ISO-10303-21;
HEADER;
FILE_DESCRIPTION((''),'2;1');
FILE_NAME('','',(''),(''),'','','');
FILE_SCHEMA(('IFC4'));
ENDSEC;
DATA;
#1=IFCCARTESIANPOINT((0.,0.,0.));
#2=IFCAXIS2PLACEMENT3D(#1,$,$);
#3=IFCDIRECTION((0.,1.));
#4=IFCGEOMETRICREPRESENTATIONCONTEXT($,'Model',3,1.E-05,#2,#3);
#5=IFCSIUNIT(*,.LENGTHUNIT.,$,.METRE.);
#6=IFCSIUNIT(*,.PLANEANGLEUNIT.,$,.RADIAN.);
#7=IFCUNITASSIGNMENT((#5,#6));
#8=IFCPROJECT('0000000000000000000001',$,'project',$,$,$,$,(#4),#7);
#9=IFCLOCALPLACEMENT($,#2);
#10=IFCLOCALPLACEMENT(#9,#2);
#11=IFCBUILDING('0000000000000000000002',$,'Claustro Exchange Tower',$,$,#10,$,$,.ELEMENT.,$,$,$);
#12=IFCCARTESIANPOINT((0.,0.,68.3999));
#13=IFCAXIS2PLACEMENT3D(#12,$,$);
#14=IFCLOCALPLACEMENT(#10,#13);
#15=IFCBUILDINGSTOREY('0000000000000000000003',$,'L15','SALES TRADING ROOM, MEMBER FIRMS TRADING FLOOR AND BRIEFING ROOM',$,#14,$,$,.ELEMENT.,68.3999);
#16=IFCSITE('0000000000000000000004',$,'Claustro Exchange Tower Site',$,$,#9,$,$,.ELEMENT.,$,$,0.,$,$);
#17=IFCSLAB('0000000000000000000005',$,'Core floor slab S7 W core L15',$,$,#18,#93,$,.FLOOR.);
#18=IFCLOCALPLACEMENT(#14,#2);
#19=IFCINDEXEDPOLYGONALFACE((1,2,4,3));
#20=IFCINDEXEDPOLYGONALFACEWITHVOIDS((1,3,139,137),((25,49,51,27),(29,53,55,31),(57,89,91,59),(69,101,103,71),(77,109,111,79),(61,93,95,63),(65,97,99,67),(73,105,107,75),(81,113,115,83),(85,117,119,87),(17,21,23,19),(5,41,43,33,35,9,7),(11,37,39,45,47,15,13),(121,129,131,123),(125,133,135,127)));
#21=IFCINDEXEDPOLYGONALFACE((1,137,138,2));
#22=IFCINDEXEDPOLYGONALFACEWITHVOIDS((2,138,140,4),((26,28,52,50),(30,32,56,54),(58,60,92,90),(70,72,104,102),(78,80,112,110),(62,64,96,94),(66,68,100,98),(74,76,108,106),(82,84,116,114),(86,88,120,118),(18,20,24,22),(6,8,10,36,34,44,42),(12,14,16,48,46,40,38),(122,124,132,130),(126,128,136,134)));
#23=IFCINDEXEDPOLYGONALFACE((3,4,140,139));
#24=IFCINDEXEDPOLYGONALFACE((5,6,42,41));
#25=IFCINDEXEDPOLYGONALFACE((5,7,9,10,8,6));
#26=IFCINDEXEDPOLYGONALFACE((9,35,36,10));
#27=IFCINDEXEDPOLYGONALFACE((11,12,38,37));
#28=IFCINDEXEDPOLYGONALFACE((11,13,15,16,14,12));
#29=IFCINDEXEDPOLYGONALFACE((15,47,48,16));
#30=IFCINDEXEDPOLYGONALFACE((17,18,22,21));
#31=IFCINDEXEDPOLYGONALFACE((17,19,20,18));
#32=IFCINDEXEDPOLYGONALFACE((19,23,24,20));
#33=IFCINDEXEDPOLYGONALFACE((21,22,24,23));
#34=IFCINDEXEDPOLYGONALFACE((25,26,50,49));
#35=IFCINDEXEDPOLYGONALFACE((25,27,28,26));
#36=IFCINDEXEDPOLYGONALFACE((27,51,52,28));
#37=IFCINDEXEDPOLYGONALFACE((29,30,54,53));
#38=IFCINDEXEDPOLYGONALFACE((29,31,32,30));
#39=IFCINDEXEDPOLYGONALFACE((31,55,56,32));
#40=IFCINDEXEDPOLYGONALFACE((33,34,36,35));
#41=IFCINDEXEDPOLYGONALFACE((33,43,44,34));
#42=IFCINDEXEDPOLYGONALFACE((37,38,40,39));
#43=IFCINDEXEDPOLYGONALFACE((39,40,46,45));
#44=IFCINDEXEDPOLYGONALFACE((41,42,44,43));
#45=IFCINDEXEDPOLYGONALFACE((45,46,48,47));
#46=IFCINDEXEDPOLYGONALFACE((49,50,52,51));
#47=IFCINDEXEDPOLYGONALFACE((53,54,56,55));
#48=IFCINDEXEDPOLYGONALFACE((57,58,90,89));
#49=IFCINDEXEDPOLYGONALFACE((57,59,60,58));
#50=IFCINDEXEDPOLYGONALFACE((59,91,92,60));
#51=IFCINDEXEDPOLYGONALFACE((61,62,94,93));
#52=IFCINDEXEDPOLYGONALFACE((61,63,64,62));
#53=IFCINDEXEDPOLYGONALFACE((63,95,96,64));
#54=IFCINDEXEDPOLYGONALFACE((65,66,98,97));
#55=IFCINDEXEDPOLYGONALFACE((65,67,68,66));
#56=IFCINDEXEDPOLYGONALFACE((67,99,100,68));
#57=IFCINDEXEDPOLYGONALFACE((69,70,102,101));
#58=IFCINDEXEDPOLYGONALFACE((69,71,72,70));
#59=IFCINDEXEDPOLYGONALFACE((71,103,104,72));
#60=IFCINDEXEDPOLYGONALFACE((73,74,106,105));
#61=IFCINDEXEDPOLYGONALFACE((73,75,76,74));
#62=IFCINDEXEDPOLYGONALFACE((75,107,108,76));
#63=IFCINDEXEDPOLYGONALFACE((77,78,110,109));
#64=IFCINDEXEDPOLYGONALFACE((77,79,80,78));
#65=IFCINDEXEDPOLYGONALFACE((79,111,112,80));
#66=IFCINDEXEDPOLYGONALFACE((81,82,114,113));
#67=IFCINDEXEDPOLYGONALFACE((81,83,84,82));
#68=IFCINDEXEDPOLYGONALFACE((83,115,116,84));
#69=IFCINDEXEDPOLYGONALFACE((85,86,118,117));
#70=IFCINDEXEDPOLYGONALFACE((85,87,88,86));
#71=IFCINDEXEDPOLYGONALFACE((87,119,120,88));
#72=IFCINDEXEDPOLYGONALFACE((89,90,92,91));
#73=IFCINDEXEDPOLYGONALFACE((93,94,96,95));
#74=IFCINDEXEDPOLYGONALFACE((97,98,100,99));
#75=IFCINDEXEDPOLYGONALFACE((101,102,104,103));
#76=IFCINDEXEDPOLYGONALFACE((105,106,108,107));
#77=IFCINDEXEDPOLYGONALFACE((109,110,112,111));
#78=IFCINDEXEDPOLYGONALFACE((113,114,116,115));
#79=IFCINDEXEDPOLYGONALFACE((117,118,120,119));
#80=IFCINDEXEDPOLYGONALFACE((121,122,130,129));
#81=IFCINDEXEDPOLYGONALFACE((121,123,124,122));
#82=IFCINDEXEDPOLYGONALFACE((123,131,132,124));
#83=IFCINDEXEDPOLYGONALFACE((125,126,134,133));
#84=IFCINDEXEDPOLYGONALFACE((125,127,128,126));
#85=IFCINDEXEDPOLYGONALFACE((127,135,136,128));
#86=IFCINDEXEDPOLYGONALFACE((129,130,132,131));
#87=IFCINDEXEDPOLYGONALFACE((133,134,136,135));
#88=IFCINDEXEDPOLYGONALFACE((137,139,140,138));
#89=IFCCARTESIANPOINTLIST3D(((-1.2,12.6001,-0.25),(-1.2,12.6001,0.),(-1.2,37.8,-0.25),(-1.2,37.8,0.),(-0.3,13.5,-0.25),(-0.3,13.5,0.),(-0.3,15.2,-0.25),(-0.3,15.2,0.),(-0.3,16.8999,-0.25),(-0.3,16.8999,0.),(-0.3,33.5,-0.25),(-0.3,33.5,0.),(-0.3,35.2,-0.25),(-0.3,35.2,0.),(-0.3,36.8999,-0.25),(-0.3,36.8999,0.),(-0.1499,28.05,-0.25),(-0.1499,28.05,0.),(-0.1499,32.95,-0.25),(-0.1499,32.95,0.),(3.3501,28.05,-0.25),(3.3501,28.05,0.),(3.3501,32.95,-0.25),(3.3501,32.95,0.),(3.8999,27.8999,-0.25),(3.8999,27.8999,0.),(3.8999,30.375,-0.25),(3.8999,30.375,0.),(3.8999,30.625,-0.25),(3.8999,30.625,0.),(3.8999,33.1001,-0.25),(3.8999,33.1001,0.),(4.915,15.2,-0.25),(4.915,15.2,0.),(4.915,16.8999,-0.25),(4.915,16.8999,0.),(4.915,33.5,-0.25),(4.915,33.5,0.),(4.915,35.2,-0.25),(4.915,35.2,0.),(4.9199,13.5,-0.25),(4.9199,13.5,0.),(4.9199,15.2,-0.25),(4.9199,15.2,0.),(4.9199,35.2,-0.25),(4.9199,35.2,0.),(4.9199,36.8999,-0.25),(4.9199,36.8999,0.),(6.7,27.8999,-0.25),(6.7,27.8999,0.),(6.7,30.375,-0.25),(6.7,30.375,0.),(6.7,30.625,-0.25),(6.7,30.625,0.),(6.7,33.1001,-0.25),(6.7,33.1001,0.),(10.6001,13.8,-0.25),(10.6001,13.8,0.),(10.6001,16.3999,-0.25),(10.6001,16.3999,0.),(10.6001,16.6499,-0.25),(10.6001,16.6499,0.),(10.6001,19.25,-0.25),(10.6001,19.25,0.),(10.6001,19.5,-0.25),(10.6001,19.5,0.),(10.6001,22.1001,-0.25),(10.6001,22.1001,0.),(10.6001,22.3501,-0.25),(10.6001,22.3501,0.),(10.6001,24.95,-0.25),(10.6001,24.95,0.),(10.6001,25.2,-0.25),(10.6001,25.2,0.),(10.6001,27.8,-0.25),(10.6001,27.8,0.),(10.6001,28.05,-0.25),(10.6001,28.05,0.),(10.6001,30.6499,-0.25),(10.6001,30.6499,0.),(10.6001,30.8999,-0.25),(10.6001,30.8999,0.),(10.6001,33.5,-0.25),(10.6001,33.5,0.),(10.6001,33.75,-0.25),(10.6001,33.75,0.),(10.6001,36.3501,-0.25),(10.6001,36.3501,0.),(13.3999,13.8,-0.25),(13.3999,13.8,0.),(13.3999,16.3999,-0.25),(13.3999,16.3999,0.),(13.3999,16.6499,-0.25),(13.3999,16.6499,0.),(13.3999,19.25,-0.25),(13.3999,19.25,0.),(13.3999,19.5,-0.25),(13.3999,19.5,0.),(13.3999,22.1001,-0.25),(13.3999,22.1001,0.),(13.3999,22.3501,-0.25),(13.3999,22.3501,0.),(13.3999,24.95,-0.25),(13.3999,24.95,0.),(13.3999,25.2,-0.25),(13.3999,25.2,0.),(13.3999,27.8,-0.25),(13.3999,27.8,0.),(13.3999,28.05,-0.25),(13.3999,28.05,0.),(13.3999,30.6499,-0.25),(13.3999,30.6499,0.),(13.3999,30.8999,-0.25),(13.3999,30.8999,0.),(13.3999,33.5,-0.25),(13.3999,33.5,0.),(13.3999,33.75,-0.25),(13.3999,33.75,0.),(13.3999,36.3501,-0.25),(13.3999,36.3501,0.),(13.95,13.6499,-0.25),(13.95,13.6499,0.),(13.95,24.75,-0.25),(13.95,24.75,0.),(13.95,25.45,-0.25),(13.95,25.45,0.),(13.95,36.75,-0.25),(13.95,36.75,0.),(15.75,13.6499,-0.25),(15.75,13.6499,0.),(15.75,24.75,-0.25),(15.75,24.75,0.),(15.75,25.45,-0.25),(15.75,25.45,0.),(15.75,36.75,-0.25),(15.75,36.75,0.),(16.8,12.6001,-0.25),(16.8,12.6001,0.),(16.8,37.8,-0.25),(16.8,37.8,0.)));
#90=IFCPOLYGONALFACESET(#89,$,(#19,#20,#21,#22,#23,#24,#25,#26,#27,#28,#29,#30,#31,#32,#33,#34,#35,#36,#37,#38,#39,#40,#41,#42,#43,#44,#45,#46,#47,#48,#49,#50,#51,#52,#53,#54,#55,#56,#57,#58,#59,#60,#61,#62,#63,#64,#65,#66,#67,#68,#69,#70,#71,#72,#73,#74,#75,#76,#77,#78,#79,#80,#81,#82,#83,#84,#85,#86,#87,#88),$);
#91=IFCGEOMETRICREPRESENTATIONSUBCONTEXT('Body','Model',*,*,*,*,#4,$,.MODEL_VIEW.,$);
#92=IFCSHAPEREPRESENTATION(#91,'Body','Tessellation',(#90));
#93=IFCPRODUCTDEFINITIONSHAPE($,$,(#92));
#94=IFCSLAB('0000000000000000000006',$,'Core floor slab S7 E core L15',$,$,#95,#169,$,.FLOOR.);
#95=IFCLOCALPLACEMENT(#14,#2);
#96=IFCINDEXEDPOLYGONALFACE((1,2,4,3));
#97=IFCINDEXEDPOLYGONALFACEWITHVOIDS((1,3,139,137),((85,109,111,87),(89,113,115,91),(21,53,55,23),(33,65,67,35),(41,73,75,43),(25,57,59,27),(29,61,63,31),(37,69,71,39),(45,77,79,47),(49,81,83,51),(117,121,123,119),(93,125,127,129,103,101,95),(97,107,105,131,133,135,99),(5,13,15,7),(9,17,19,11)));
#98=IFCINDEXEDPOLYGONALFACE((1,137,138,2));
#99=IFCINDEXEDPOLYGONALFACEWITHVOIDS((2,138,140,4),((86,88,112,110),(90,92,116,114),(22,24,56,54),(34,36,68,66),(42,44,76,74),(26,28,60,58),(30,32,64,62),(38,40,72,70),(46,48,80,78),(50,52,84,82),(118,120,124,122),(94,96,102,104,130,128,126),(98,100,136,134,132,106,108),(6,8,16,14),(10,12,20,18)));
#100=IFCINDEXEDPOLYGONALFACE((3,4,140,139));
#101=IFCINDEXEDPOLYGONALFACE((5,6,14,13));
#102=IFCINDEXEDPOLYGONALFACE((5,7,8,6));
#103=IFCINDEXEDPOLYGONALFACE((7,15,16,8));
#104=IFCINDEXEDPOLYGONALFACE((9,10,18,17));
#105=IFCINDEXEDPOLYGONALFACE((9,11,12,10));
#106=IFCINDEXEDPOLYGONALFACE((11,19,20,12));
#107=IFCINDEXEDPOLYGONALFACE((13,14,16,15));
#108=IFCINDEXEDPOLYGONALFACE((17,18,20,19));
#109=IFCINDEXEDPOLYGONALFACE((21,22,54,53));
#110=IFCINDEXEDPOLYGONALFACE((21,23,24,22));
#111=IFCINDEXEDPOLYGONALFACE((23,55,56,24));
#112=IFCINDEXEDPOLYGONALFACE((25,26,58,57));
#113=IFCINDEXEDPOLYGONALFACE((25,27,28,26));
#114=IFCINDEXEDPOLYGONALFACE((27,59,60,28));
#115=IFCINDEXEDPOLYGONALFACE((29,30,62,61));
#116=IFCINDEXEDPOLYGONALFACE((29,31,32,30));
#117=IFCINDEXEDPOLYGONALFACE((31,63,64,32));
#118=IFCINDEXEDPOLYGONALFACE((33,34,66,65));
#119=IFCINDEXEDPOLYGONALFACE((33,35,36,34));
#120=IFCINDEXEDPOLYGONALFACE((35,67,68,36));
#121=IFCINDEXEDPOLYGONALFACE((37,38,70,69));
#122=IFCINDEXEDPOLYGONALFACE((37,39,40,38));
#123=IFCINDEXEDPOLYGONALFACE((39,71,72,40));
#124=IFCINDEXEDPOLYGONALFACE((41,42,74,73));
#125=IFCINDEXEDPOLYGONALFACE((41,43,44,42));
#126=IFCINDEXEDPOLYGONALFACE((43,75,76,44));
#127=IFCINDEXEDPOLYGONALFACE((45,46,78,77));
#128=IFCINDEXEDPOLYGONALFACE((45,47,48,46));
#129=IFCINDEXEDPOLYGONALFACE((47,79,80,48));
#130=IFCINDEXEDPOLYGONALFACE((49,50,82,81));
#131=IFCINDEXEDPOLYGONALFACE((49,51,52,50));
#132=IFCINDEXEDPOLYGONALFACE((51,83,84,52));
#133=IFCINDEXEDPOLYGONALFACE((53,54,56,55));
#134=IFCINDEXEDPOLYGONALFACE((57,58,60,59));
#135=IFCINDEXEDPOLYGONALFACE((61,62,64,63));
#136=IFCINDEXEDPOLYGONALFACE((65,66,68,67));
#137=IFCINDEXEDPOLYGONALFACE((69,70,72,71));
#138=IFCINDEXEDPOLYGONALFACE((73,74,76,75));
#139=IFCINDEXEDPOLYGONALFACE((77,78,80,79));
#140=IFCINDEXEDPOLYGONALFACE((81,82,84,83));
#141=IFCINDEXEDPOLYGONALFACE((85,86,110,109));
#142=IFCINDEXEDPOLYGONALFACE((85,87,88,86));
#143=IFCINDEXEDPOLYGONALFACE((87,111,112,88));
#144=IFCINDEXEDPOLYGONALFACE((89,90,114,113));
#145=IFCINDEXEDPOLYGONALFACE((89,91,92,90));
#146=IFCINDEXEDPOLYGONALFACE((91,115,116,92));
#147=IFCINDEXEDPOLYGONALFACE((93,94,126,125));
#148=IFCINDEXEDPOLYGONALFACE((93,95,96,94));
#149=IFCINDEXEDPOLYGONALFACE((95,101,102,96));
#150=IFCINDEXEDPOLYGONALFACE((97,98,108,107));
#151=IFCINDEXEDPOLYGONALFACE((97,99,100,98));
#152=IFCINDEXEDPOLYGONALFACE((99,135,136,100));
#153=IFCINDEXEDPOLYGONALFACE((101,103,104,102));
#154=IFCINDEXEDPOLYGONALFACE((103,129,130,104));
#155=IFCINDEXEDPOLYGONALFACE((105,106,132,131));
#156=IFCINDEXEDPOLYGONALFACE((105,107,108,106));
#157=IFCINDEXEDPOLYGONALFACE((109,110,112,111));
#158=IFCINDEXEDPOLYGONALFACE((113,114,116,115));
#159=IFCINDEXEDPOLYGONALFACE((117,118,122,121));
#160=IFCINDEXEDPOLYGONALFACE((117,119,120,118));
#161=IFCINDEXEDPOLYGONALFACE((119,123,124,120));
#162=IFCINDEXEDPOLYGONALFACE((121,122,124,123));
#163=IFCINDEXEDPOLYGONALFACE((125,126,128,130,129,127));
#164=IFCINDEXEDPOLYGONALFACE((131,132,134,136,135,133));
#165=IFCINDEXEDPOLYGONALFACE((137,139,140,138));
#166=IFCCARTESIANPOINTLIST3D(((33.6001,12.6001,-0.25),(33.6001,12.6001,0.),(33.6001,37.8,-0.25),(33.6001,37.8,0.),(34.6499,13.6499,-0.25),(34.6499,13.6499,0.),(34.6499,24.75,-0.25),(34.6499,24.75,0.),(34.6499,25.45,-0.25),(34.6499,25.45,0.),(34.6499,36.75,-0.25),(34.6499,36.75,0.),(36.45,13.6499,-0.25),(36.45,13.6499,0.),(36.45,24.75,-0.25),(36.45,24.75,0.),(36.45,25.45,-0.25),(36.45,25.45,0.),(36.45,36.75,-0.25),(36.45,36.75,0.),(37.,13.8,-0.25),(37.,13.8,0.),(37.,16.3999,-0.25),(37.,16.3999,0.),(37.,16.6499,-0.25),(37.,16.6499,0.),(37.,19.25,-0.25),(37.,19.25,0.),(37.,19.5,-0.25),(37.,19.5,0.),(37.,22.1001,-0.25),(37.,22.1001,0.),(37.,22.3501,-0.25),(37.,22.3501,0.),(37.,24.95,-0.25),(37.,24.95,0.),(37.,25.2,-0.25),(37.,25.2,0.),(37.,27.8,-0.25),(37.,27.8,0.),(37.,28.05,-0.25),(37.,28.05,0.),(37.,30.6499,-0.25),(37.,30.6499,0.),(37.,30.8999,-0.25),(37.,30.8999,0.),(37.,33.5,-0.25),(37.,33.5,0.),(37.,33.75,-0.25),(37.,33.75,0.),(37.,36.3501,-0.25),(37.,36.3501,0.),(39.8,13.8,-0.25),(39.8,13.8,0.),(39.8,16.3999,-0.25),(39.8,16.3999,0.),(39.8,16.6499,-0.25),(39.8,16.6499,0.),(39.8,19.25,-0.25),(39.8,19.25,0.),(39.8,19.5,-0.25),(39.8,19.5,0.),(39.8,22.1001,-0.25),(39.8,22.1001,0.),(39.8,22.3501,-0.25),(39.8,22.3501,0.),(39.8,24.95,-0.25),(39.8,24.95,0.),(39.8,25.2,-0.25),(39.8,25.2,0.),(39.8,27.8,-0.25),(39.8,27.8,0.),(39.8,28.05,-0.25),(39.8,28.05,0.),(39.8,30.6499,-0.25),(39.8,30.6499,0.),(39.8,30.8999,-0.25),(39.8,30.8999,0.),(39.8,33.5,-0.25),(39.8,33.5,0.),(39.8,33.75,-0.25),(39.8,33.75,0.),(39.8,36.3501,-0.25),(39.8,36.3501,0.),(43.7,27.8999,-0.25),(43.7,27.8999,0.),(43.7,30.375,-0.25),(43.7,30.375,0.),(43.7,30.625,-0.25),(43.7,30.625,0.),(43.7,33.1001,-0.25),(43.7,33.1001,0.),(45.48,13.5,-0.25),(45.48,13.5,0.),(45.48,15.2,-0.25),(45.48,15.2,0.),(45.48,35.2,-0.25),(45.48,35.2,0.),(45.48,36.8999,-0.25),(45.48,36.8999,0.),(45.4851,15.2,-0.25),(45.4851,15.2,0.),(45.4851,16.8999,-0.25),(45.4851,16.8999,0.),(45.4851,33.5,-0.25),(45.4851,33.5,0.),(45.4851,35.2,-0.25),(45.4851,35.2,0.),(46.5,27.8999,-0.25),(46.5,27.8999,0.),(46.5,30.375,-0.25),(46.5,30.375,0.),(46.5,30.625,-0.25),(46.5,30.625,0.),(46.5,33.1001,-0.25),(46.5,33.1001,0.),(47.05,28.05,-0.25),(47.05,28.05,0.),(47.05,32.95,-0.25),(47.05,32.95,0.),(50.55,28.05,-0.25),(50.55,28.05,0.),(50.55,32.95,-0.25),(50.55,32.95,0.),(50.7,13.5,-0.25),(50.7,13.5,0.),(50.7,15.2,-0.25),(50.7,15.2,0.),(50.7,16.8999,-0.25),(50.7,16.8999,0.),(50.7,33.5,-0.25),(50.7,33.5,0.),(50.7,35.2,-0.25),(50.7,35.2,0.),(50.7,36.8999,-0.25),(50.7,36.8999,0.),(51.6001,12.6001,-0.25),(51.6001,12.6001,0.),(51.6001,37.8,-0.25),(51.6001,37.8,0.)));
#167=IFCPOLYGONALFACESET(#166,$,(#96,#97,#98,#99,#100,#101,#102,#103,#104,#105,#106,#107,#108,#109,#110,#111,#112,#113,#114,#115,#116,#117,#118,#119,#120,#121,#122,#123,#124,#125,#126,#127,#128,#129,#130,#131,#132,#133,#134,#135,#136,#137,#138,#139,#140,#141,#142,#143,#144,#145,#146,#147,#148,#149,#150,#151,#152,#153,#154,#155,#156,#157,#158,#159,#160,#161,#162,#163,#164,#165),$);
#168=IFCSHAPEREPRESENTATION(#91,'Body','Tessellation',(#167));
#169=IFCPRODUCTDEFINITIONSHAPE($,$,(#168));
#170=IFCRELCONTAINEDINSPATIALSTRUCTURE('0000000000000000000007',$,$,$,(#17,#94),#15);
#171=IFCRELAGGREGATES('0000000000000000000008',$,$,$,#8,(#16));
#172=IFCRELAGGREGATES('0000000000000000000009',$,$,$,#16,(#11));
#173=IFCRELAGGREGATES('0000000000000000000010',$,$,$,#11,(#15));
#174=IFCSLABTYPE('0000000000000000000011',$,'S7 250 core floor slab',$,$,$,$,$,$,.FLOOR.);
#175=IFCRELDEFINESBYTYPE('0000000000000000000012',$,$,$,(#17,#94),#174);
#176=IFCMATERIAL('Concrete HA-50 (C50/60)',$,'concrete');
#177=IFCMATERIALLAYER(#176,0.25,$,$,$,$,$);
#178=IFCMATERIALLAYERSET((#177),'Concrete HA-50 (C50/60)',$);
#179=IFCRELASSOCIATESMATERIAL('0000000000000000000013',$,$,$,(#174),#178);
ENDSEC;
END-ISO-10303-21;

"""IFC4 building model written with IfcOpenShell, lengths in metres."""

from ifc_helpers import new_model, si_unit, direction, frame, origin, place, context, subcontext, project, spatial, polyline, outline, extrude, material, layer, layer_set, type_object, element, save


model = new_model("IFC4")

# Units and contexts
model_context = context("Model", 3, precision=1e-05, world=origin(), true_north=direction((0.0, 1.0)))
body_context = subcontext(model_context, "Body", "Model", "MODEL_VIEW")
ifc_project = project(units=[si_unit("LENGTHUNIT", "METRE"), si_unit("PLANEANGLEUNIT", "RADIAN")], contexts=[model_context])

# Site, building, storey
site_placement = place(None, origin())
site = spatial("IfcSite", under=ifc_project, at=site_placement, Name="Claustro Exchange Tower Site", CompositionType="ELEMENT", RefElevation=0.0)
building_placement = place(site_placement, origin())
building = spatial("IfcBuilding", under=site, at=building_placement, Name="Claustro Exchange Tower", CompositionType="ELEMENT")
storey_placement = place(building_placement, frame((0.0, 0.0, 68.3999)))
storey = spatial("IfcBuildingStorey", under=building, at=storey_placement, Name="L15", Description="SALES TRADING ROOM, MEMBER FIRMS TRADING FLOOR AND BRIEFING ROOM", CompositionType="ELEMENT", Elevation=68.3999)

# Slabs
ifc_material_1 = material(Name="Concrete HA-50 (C50/60)", Category="concrete")
ifc_layer_1 = layer(ifc_material_1, 0.25)
ifc_layer_set_1 = layer_set([ifc_layer_1], Name="Concrete HA-50 (C50/60)")
slab_type_1 = type_object("IfcSlabType", Name="S7 250 core floor slab", PredefinedType="FLOOR", material=ifc_layer_set_1)
slab_1_placement = place(storey_placement, frame((0.0, 0.0, -0.25)))
element("IfcSlab", 1, at=slab_1_placement, inside=storey, type_object=slab_type_1, Name="Core floor slab S7 W core L15", PredefinedType="FLOOR", context=body_context, shape_type="SweptSolid", body=[
    extrude(outline(polyline([(-1.2, 12.6001), (16.8, 12.6001), (16.8, 37.8), (-1.2, 37.8), (-1.2, 12.6001)]), holes=[polyline([(15.75, 24.75), (15.75, 13.6499), (13.95, 13.6499), (13.95, 24.75), (15.75, 24.75)]), polyline([(15.75, 36.75), (15.75, 25.45), (13.95, 25.45), (13.95, 36.75), (15.75, 36.75)]), polyline([(10.6001, 16.3999), (13.3999, 16.3999), (13.3999, 13.8), (10.6001, 13.8), (10.6001, 16.3999)]), polyline([(13.3999, 19.25), (13.3999, 16.6499), (10.6001, 16.6499), (10.6001, 19.25), (13.3999, 19.25)]), polyline([(13.3999, 22.1001), (13.3999, 19.5), (10.6001, 19.5), (10.6001, 22.1001), (13.3999, 22.1001)]), polyline([(13.3999, 24.95), (13.3999, 22.3501), (10.6001, 22.3501), (10.6001, 24.95), (13.3999, 24.95)]), polyline([(13.3999, 27.8), (13.3999, 25.2), (10.6001, 25.2), (10.6001, 27.8), (13.3999, 27.8)]), polyline([(13.3999, 30.6499), (13.3999, 28.05), (10.6001, 28.05), (10.6001, 30.6499), (13.3999, 30.6499)]), polyline([(13.3999, 33.5), (13.3999, 30.8999), (10.6001, 30.8999), (10.6001, 33.5), (13.3999, 33.5)]), polyline([(13.3999, 36.3501), (13.3999, 33.75), (10.6001, 33.75), (10.6001, 36.3501), (13.3999, 36.3501)]), polyline([(6.7, 30.375), (6.7, 27.8999), (3.8999, 27.8999), (3.8999, 30.375), (6.7, 30.375)]), polyline([(6.7, 33.1001), (6.7, 30.625), (3.8999, 30.625), (3.8999, 33.1001), (6.7, 33.1001)]), polyline([(-0.3, 15.2), (-0.3, 16.8999), (4.915, 16.8999), (4.915, 15.2), (4.9199, 15.2), (4.9199, 13.5), (-0.3, 13.5), (-0.3, 15.2)]), polyline([(-0.3, 36.8999), (4.9199, 36.8999), (4.9199, 35.2), (4.915, 35.2), (4.915, 33.5), (-0.3, 33.5), (-0.3, 35.2), (-0.3, 36.8999)]), polyline([(3.3501, 32.95), (3.3501, 28.05), (-0.1499, 28.05), (-0.1499, 32.95), (3.3501, 32.95)])]), origin(), (0.0, 0.0, 1.0), 0.25),
])
slab_2_placement = place(storey_placement, frame((0.0, 0.0, -0.25)))
element("IfcSlab", 2, at=slab_2_placement, inside=storey, type_object=slab_type_1, Name="Core floor slab S7 E core L15", PredefinedType="FLOOR", context=body_context, shape_type="SweptSolid", body=[
    extrude(outline(polyline([(33.6001, 12.6001), (51.6001, 12.6001), (51.6001, 37.8), (33.6001, 37.8), (33.6001, 12.6001)]), holes=[polyline([(45.48, 35.2), (45.48, 36.8999), (50.7, 36.8999), (50.7, 35.2), (50.7, 33.5), (45.4851, 33.5), (45.4851, 35.2), (45.48, 35.2)]), polyline([(45.4851, 15.2), (45.4851, 16.8999), (50.7, 16.8999), (50.7, 15.2), (50.7, 13.5), (45.48, 13.5), (45.48, 15.2), (45.4851, 15.2)]), polyline([(50.55, 32.95), (50.55, 28.05), (47.05, 28.05), (47.05, 32.95), (50.55, 32.95)]), polyline([(46.5, 30.375), (46.5, 27.8999), (43.7, 27.8999), (43.7, 30.375), (46.5, 30.375)]), polyline([(46.5, 33.1001), (46.5, 30.625), (43.7, 30.625), (43.7, 33.1001), (46.5, 33.1001)]), polyline([(37.0, 16.3999), (39.8, 16.3999), (39.8, 13.8), (37.0, 13.8), (37.0, 16.3999)]), polyline([(39.8, 19.25), (39.8, 16.6499), (37.0, 16.6499), (37.0, 19.25), (39.8, 19.25)]), polyline([(39.8, 22.1001), (39.8, 19.5), (37.0, 19.5), (37.0, 22.1001), (39.8, 22.1001)]), polyline([(39.8, 24.95), (39.8, 22.3501), (37.0, 22.3501), (37.0, 24.95), (39.8, 24.95)]), polyline([(39.8, 27.8), (39.8, 25.2), (37.0, 25.2), (37.0, 27.8), (39.8, 27.8)]), polyline([(39.8, 30.6499), (39.8, 28.05), (37.0, 28.05), (37.0, 30.6499), (39.8, 30.6499)]), polyline([(39.8, 33.5), (39.8, 30.8999), (37.0, 30.8999), (37.0, 33.5), (39.8, 33.5)]), polyline([(39.8, 36.3501), (39.8, 33.75), (37.0, 33.75), (37.0, 36.3501), (39.8, 36.3501)]), polyline([(36.45, 24.75), (36.45, 13.6499), (34.6499, 13.6499), (34.6499, 24.75), (36.45, 24.75)]), polyline([(36.45, 36.75), (36.45, 25.45), (34.6499, 25.45), (34.6499, 36.75), (36.45, 36.75)])]), origin(), (0.0, 0.0, 1.0), 0.25),
])

save(model, "model.ifc")
